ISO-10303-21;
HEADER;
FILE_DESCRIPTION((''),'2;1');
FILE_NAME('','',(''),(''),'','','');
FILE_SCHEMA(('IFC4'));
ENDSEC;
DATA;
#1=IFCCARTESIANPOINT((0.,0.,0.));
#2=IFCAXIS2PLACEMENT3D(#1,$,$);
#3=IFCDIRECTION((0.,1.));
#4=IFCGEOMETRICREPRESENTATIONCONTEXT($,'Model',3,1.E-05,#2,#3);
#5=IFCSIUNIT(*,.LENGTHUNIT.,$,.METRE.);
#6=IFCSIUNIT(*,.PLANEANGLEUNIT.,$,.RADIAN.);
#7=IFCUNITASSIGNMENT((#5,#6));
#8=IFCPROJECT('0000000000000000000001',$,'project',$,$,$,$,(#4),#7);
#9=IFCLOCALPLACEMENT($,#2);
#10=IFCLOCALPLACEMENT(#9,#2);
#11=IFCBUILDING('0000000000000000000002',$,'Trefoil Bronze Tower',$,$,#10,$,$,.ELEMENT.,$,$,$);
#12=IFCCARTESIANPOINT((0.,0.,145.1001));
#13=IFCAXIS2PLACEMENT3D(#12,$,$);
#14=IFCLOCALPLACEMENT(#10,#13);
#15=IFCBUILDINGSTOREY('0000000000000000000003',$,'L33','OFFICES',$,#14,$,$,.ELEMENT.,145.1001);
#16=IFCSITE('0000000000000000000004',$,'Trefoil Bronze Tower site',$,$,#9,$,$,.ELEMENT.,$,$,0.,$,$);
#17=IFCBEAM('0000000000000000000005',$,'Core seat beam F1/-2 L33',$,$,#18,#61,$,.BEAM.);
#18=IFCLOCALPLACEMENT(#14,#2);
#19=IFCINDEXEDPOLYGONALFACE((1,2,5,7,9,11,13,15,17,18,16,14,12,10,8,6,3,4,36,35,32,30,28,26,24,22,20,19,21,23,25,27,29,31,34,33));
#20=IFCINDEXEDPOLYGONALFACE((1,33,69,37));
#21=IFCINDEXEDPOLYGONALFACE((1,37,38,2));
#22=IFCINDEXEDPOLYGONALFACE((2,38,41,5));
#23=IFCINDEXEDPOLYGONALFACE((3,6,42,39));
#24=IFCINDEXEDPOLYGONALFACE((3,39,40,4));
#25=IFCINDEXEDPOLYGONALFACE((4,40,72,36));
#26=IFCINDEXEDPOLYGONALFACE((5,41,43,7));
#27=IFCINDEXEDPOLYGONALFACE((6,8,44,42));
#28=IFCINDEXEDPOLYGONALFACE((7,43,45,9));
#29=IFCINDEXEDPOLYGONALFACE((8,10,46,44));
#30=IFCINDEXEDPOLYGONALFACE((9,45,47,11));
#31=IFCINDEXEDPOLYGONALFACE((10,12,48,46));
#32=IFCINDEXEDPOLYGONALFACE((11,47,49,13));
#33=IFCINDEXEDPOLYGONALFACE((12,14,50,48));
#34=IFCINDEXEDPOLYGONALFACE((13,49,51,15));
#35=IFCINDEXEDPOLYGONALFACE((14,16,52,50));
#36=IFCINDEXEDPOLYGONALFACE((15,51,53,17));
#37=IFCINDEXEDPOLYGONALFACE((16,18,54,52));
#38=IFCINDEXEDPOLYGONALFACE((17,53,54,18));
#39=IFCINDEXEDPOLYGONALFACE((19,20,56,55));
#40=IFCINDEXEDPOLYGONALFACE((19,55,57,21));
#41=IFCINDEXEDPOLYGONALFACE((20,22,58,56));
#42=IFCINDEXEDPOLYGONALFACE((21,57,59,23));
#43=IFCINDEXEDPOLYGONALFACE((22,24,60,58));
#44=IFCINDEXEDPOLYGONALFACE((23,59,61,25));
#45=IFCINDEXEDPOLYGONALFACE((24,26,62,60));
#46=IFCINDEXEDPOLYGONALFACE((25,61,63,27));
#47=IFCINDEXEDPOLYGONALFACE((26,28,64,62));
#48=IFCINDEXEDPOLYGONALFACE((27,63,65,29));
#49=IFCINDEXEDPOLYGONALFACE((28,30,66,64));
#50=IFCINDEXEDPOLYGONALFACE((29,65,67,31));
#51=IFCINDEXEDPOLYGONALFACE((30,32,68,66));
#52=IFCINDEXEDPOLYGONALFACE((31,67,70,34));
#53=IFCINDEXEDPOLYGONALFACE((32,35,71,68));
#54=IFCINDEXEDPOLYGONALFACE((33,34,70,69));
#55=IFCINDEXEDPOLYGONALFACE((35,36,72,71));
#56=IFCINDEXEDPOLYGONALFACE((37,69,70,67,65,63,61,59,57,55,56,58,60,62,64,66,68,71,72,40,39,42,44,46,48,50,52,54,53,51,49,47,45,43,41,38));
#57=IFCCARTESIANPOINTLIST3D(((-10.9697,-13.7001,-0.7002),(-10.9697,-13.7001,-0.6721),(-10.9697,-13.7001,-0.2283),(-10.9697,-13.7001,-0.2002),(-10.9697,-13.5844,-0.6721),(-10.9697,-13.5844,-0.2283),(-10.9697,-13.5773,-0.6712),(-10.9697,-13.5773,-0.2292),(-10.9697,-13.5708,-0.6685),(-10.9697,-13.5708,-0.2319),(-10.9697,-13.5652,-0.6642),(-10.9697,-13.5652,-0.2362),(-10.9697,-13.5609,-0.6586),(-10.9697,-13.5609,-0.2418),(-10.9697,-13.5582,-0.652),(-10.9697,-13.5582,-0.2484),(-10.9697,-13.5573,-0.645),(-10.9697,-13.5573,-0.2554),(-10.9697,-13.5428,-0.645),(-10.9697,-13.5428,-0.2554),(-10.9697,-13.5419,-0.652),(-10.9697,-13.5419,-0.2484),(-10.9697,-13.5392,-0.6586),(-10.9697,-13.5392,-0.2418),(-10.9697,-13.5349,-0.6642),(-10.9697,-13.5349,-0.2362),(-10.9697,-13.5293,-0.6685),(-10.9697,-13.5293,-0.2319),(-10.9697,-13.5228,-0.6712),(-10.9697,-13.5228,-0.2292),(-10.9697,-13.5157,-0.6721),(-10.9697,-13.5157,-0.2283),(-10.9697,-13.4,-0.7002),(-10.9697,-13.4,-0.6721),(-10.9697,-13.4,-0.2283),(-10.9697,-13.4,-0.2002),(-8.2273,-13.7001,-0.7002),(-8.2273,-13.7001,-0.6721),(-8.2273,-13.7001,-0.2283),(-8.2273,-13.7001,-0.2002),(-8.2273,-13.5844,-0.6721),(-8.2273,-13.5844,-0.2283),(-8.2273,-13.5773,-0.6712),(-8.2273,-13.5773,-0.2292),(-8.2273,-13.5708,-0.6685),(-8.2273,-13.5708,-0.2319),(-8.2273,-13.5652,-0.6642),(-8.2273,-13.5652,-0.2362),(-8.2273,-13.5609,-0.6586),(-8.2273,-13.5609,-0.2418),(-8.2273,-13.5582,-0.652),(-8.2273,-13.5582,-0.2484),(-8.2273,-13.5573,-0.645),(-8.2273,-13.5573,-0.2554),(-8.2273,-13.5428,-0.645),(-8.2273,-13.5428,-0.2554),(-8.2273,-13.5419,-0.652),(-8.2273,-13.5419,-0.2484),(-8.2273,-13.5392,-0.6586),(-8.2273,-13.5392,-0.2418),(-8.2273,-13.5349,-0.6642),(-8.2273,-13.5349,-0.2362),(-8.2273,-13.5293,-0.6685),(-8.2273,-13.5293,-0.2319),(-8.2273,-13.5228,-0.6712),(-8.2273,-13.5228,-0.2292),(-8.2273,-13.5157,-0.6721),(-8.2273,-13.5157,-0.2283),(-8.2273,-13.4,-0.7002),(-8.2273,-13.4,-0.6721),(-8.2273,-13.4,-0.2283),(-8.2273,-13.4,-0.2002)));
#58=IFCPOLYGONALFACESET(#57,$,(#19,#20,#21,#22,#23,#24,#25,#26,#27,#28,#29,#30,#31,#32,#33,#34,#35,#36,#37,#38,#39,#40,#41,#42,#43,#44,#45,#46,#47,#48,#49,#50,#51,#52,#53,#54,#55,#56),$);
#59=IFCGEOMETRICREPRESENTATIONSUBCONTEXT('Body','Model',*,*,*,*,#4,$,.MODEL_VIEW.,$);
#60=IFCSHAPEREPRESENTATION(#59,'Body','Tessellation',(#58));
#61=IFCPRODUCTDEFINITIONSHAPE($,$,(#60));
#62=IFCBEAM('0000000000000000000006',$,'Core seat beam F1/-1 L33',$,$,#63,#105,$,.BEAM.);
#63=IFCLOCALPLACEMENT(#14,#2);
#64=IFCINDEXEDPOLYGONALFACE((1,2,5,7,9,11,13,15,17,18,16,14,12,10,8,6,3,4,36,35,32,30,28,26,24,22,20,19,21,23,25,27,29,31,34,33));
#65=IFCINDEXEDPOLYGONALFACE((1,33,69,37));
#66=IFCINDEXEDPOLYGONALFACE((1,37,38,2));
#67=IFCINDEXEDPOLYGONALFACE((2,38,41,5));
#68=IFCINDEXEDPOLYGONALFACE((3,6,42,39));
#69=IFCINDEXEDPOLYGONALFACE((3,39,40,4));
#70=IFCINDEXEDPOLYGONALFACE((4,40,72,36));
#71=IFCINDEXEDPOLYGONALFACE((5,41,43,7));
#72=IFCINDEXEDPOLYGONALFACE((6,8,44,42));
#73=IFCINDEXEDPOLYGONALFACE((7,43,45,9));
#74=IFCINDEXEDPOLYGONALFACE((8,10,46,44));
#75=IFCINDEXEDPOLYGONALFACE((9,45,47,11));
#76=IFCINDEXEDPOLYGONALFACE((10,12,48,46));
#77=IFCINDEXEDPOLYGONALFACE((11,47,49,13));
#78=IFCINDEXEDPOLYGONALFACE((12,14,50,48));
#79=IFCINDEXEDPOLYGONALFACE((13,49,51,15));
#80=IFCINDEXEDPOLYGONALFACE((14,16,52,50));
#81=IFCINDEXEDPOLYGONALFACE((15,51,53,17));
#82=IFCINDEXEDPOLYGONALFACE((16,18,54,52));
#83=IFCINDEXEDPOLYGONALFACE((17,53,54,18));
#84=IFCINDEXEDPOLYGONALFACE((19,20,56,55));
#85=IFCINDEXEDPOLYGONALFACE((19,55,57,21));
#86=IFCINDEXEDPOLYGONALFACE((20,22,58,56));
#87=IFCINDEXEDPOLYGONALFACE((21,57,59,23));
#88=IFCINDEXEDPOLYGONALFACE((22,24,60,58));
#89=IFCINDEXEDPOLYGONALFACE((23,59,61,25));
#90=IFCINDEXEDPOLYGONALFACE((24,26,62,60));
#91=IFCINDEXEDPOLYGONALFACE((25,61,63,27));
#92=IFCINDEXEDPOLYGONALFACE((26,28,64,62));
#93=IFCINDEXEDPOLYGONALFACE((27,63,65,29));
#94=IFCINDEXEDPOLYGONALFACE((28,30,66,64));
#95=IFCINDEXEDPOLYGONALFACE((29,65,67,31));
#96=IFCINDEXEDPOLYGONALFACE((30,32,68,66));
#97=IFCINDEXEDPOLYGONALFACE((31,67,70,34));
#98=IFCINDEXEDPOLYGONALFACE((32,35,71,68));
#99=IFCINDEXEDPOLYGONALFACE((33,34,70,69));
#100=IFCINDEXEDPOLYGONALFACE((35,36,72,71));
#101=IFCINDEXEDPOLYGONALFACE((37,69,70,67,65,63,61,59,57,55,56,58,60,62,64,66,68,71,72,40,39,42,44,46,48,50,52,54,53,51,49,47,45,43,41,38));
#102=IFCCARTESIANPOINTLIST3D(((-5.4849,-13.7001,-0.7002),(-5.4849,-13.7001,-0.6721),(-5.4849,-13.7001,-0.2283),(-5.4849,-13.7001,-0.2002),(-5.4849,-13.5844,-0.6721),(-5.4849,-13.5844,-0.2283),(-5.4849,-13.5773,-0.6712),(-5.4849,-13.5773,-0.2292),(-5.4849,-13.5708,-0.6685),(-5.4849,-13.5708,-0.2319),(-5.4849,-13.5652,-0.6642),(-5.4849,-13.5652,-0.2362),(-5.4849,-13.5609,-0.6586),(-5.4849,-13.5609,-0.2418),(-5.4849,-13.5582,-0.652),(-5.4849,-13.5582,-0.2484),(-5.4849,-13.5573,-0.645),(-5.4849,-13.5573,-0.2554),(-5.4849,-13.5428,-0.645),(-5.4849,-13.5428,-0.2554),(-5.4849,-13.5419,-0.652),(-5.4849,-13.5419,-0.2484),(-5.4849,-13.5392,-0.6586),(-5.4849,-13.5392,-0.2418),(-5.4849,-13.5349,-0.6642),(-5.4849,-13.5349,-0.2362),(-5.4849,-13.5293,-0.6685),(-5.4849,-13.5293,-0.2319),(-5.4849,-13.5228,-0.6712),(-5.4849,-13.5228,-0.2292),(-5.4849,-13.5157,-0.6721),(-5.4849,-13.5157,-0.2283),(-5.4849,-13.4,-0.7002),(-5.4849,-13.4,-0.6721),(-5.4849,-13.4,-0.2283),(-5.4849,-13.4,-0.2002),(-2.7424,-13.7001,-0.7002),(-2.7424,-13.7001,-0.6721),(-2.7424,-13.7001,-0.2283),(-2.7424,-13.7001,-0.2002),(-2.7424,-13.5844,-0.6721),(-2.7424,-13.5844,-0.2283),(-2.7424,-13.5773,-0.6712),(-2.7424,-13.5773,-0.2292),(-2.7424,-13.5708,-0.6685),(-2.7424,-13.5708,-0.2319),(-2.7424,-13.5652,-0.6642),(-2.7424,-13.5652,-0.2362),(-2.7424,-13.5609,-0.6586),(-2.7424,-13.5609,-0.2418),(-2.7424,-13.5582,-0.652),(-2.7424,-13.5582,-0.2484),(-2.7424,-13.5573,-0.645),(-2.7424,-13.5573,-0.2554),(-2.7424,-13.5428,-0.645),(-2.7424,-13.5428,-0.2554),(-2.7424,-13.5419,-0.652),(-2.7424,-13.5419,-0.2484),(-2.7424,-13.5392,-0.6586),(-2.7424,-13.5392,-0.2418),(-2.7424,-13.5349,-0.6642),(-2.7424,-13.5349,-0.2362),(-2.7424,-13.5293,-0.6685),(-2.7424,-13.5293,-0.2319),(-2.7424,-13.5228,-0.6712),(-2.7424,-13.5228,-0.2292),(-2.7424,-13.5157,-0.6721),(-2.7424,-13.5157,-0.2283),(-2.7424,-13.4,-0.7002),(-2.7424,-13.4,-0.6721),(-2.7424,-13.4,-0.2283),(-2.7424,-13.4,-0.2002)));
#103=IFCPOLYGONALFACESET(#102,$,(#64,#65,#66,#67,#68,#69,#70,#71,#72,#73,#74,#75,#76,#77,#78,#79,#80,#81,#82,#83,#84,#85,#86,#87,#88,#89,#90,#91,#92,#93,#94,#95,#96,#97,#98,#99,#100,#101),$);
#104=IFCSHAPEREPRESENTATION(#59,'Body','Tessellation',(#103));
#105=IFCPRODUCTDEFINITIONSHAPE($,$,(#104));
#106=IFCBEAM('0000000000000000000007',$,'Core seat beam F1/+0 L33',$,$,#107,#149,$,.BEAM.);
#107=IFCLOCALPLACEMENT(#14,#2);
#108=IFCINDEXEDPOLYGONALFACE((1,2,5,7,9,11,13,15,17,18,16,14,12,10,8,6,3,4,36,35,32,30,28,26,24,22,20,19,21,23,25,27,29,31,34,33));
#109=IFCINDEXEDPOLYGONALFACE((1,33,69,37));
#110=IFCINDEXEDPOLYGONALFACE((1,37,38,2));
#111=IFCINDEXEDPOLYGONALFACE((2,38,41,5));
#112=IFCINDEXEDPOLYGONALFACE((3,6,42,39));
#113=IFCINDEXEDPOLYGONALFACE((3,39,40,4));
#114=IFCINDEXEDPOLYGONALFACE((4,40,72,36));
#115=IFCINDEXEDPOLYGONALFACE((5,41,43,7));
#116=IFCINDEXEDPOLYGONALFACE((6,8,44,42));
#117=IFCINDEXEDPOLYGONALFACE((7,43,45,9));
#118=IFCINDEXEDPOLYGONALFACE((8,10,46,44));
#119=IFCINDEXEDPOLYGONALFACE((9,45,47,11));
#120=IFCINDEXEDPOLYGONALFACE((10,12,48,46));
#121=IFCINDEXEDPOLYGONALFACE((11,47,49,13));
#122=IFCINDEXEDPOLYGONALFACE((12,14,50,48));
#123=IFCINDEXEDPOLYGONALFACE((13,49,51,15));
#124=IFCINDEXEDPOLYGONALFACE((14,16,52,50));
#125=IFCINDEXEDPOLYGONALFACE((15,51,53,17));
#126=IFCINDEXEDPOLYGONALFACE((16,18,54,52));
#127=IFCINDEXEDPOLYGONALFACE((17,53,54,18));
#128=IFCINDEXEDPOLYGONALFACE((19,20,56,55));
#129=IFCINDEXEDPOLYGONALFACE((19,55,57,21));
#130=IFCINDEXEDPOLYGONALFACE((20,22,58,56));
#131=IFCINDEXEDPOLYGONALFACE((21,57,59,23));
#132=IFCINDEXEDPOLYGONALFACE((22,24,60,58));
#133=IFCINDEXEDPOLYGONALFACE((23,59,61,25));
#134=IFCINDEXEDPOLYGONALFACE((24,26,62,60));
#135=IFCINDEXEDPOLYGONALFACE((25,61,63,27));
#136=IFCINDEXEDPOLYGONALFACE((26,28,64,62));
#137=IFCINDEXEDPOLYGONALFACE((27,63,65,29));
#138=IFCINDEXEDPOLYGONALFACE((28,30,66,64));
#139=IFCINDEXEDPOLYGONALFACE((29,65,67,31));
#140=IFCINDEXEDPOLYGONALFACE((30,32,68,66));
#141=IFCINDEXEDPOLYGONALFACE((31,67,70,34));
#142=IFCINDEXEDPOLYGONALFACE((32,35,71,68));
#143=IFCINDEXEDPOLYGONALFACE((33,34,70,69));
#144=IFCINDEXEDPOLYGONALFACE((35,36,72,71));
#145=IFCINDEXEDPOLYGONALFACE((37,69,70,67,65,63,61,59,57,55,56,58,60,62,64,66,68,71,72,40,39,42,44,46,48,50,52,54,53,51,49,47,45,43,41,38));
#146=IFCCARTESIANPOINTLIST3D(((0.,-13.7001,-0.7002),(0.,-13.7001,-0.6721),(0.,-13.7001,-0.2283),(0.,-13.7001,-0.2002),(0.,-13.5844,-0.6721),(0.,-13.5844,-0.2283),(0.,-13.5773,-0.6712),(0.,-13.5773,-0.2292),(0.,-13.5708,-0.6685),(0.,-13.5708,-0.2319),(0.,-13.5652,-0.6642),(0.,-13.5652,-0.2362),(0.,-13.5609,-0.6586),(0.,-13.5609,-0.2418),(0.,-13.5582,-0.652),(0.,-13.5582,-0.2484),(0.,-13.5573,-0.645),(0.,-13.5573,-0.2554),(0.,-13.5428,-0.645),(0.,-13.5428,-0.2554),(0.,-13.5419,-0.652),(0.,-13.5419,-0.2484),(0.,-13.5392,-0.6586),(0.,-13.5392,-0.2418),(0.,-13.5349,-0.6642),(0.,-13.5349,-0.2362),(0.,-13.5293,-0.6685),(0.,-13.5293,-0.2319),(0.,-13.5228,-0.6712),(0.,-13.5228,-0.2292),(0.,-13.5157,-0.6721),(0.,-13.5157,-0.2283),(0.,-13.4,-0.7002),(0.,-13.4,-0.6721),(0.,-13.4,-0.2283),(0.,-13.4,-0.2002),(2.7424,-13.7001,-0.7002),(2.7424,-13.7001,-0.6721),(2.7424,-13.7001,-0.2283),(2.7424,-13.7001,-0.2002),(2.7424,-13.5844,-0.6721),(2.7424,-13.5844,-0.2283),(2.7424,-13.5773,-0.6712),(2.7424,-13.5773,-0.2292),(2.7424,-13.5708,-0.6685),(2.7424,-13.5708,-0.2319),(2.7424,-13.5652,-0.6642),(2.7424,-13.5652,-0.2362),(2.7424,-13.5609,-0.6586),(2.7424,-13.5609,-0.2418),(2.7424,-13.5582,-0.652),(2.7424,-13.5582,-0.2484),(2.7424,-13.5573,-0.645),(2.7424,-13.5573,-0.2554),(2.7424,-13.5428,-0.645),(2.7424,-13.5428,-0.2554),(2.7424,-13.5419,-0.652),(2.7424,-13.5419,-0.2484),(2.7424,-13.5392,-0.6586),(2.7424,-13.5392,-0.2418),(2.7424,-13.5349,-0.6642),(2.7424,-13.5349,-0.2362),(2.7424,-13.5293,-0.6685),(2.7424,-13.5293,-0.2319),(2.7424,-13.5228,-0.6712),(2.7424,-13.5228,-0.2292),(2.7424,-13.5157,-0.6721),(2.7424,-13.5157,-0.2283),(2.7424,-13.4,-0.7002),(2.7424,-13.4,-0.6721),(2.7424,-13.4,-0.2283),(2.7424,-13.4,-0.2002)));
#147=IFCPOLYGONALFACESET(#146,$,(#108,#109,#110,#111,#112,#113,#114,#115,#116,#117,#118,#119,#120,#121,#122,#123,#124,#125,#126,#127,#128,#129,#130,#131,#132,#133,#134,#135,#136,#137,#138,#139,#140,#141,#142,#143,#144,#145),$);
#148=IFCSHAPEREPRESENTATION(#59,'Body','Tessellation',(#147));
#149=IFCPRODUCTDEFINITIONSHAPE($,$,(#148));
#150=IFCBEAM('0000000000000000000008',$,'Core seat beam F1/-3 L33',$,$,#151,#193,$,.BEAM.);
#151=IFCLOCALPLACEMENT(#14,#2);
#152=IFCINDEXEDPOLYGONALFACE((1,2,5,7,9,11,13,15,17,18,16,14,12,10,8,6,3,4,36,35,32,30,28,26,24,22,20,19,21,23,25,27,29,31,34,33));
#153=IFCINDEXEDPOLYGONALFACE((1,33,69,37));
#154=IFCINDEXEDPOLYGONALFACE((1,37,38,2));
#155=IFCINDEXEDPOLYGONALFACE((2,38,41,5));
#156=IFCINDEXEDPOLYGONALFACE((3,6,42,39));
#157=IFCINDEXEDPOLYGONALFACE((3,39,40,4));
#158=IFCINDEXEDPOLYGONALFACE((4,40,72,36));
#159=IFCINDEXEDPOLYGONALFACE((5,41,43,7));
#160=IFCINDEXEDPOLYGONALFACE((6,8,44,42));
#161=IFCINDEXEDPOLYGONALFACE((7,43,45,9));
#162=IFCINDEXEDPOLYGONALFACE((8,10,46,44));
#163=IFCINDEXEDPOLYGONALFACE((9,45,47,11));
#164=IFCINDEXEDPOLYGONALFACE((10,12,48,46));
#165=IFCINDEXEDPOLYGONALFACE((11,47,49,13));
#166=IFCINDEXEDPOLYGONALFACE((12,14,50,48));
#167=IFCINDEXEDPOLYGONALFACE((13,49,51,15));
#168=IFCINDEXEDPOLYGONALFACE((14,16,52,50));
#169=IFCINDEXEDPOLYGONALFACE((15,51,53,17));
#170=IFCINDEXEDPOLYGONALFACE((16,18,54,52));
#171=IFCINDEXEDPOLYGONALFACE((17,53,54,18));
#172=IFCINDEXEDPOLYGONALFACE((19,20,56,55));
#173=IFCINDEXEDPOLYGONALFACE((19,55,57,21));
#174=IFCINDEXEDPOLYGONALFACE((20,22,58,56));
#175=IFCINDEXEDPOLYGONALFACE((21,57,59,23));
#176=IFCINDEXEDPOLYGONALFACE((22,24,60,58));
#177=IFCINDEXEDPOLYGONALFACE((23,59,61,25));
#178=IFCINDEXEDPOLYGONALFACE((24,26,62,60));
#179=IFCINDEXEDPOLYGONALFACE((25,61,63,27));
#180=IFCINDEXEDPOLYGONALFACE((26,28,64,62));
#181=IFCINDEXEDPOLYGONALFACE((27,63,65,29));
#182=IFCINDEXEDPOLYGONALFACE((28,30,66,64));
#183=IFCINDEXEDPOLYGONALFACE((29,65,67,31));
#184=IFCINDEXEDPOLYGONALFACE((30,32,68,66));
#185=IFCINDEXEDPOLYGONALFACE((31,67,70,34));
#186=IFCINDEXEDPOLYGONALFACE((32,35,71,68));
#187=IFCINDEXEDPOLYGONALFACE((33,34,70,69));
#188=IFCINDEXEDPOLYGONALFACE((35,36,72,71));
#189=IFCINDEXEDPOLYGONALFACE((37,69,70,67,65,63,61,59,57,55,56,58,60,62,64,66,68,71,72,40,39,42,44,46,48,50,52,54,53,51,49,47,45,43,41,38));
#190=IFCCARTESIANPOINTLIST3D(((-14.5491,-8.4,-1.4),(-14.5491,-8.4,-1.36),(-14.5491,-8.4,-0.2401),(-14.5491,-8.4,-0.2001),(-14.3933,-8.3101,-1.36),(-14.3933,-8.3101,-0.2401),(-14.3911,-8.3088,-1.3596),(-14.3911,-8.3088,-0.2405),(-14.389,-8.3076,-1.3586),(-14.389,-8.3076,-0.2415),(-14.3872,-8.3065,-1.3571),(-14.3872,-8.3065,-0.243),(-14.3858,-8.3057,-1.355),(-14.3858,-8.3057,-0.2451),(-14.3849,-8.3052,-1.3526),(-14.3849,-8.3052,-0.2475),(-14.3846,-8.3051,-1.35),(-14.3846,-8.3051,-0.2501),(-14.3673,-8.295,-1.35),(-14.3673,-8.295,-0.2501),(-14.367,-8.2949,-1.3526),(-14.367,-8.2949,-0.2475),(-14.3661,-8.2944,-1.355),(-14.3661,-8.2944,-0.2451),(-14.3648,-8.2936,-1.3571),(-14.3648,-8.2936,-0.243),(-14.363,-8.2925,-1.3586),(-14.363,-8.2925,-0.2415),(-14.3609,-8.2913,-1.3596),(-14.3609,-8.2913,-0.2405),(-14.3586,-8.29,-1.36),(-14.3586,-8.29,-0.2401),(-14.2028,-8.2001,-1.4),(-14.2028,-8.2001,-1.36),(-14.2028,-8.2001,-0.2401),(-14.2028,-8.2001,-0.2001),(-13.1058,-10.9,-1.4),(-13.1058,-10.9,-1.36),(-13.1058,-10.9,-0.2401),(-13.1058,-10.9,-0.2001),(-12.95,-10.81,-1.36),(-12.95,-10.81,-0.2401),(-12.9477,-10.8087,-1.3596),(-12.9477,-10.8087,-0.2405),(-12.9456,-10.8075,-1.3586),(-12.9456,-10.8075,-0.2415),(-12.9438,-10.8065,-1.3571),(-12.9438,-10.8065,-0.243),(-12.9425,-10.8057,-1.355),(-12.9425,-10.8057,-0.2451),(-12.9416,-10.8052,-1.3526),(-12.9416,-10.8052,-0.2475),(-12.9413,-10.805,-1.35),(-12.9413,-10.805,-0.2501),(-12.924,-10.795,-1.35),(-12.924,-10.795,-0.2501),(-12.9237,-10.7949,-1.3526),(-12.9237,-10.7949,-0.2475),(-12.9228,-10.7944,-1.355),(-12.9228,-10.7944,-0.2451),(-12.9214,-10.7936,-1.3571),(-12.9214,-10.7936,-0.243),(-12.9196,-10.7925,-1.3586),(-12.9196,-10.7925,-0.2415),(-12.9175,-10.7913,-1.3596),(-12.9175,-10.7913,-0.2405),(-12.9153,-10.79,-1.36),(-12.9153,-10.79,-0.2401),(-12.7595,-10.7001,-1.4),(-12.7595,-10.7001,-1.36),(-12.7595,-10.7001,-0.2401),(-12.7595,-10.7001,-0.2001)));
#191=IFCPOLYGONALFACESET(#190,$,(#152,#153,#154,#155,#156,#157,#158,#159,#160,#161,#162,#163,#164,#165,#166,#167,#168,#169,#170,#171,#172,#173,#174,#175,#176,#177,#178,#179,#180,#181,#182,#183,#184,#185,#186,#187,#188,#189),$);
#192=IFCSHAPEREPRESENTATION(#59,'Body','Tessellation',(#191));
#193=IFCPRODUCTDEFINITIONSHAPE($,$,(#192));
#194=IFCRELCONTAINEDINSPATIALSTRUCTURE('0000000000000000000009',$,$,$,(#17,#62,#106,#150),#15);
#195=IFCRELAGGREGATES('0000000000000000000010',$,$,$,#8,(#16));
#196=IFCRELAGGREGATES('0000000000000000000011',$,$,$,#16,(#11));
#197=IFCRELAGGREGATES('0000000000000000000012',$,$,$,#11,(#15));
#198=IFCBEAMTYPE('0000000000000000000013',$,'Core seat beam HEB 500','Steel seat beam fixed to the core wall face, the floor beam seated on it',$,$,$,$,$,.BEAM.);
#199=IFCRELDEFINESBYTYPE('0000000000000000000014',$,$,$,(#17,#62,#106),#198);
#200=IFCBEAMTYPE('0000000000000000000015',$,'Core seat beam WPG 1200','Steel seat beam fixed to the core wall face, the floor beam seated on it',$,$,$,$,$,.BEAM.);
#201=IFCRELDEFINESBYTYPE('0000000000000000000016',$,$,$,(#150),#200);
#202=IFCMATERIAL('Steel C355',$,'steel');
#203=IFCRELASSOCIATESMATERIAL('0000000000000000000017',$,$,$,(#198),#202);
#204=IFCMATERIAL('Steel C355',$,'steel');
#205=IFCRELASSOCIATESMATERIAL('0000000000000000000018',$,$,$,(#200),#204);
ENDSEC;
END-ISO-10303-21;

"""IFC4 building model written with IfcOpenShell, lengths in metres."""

from ifc_helpers import new_model, si_unit, direction, frame, origin, origin_2d, place, context, subcontext, project, spatial, i_section, extrude, material, material_profile, profile_set, type_object, element, save


model = new_model("IFC4")

# Units and contexts
model_context = context("Model", 3, precision=1e-05, world=origin(), true_north=direction((0.0, 1.0)))
body_context = subcontext(model_context, "Body", "Model", "MODEL_VIEW")
ifc_project = project(units=[si_unit("LENGTHUNIT", "METRE"), si_unit("PLANEANGLEUNIT", "RADIAN")], contexts=[model_context])

# Site, building, storey
site_placement = place(None, origin())
site = spatial("IfcSite", under=ifc_project, at=site_placement, Name="Trefoil Bronze Tower site", CompositionType="ELEMENT", RefElevation=0.0)
building_placement = place(site_placement, origin())
building = spatial("IfcBuilding", under=site, at=building_placement, Name="Trefoil Bronze Tower", CompositionType="ELEMENT")
storey_placement = place(building_placement, frame((0.0, 0.0, 145.1001)))
storey = spatial("IfcBuildingStorey", under=building, at=storey_placement, Name="L33", Description="OFFICES", CompositionType="ELEMENT", Elevation=145.1001)

# Beams
ifc_material_1 = material(Name="Steel C355", Category="steel")
ifc_material_profile_1 = material_profile(ifc_material_1, i_section(OverallWidth=0.3, OverallDepth=0.5, WebThickness=0.0144, FlangeThickness=0.0281, FilletRadius=0.0271, at=origin_2d()), Name="HEB 500")
ifc_profile_set_1 = profile_set([ifc_material_profile_1], Name="Steel C355")
beam_type_1 = type_object("IfcBeamType", Name="Core seat beam HEB 500", Description="Steel seat beam fixed to the core wall face, the floor beam seated on it", PredefinedType="BEAM", material=ifc_profile_set_1)
for number, where, z_axis, x_axis, name in (
    (1, (-10.9697, -13.55, -0.4502), (1.0, 0.0, 0.0), (0.0, 1.0, 0.0), "Core seat beam F1/-2 L33"),
    (2, (-5.4849, -13.55, -0.4502), (1.0, 0.0, 0.0), (0.0, 1.0, 0.0), "Core seat beam F1/-1 L33"),
    (3, (0.0, -13.55, -0.4502), (1.0, 0.0, 0.0), (0.0, 1.0, 0.0), "Core seat beam F1/+0 L33"),
):
    element("IfcBeam", number, at=place(storey_placement, frame(where, z_axis=z_axis, x_axis=x_axis)), inside=storey, type_object=beam_type_1, Name=name, PredefinedType="BEAM", context=body_context, shape_type="SweptSolid", body=[
        extrude(i_section(OverallWidth=0.3, OverallDepth=0.5, WebThickness=0.0144, FlangeThickness=0.0281, FilletRadius=0.0271, at=origin_2d()), origin(), (0.0, 0.0, 1.0), 2.7424),
    ])
ifc_material_2 = material(Name="Steel C355", Category="steel")
ifc_material_profile_2 = material_profile(ifc_material_2, i_section(OverallWidth=0.3999, OverallDepth=1.2, WebThickness=0.02, FlangeThickness=0.04, FilletRadius=0.01, at=origin_2d()), Name="WPG 1200")
ifc_profile_set_2 = profile_set([ifc_material_profile_2], Name="Steel C355")
beam_type_2 = type_object("IfcBeamType", Name="Core seat beam WPG 1200", Description="Steel seat beam fixed to the core wall face, the floor beam seated on it", PredefinedType="BEAM", material=ifc_profile_set_2)
beam_1_placement = place(storey_placement, frame((-14.376, -8.3, -0.8), z_axis=(0.499996, -0.866028, 0.0), x_axis=(0.866028, 0.499996, 0.0)))
element("IfcBeam", 4, at=beam_1_placement, inside=storey, type_object=beam_type_2, Name="Core seat beam F1/-3 L33", PredefinedType="BEAM", context=body_context, shape_type="SweptSolid", body=[
    extrude(i_section(OverallWidth=0.3999, OverallDepth=1.2, WebThickness=0.02, FlangeThickness=0.04, FilletRadius=0.01, at=origin_2d()), origin(), (0.0, 0.0, 1.0), 2.8867),
])

save(model, "model.ifc")
